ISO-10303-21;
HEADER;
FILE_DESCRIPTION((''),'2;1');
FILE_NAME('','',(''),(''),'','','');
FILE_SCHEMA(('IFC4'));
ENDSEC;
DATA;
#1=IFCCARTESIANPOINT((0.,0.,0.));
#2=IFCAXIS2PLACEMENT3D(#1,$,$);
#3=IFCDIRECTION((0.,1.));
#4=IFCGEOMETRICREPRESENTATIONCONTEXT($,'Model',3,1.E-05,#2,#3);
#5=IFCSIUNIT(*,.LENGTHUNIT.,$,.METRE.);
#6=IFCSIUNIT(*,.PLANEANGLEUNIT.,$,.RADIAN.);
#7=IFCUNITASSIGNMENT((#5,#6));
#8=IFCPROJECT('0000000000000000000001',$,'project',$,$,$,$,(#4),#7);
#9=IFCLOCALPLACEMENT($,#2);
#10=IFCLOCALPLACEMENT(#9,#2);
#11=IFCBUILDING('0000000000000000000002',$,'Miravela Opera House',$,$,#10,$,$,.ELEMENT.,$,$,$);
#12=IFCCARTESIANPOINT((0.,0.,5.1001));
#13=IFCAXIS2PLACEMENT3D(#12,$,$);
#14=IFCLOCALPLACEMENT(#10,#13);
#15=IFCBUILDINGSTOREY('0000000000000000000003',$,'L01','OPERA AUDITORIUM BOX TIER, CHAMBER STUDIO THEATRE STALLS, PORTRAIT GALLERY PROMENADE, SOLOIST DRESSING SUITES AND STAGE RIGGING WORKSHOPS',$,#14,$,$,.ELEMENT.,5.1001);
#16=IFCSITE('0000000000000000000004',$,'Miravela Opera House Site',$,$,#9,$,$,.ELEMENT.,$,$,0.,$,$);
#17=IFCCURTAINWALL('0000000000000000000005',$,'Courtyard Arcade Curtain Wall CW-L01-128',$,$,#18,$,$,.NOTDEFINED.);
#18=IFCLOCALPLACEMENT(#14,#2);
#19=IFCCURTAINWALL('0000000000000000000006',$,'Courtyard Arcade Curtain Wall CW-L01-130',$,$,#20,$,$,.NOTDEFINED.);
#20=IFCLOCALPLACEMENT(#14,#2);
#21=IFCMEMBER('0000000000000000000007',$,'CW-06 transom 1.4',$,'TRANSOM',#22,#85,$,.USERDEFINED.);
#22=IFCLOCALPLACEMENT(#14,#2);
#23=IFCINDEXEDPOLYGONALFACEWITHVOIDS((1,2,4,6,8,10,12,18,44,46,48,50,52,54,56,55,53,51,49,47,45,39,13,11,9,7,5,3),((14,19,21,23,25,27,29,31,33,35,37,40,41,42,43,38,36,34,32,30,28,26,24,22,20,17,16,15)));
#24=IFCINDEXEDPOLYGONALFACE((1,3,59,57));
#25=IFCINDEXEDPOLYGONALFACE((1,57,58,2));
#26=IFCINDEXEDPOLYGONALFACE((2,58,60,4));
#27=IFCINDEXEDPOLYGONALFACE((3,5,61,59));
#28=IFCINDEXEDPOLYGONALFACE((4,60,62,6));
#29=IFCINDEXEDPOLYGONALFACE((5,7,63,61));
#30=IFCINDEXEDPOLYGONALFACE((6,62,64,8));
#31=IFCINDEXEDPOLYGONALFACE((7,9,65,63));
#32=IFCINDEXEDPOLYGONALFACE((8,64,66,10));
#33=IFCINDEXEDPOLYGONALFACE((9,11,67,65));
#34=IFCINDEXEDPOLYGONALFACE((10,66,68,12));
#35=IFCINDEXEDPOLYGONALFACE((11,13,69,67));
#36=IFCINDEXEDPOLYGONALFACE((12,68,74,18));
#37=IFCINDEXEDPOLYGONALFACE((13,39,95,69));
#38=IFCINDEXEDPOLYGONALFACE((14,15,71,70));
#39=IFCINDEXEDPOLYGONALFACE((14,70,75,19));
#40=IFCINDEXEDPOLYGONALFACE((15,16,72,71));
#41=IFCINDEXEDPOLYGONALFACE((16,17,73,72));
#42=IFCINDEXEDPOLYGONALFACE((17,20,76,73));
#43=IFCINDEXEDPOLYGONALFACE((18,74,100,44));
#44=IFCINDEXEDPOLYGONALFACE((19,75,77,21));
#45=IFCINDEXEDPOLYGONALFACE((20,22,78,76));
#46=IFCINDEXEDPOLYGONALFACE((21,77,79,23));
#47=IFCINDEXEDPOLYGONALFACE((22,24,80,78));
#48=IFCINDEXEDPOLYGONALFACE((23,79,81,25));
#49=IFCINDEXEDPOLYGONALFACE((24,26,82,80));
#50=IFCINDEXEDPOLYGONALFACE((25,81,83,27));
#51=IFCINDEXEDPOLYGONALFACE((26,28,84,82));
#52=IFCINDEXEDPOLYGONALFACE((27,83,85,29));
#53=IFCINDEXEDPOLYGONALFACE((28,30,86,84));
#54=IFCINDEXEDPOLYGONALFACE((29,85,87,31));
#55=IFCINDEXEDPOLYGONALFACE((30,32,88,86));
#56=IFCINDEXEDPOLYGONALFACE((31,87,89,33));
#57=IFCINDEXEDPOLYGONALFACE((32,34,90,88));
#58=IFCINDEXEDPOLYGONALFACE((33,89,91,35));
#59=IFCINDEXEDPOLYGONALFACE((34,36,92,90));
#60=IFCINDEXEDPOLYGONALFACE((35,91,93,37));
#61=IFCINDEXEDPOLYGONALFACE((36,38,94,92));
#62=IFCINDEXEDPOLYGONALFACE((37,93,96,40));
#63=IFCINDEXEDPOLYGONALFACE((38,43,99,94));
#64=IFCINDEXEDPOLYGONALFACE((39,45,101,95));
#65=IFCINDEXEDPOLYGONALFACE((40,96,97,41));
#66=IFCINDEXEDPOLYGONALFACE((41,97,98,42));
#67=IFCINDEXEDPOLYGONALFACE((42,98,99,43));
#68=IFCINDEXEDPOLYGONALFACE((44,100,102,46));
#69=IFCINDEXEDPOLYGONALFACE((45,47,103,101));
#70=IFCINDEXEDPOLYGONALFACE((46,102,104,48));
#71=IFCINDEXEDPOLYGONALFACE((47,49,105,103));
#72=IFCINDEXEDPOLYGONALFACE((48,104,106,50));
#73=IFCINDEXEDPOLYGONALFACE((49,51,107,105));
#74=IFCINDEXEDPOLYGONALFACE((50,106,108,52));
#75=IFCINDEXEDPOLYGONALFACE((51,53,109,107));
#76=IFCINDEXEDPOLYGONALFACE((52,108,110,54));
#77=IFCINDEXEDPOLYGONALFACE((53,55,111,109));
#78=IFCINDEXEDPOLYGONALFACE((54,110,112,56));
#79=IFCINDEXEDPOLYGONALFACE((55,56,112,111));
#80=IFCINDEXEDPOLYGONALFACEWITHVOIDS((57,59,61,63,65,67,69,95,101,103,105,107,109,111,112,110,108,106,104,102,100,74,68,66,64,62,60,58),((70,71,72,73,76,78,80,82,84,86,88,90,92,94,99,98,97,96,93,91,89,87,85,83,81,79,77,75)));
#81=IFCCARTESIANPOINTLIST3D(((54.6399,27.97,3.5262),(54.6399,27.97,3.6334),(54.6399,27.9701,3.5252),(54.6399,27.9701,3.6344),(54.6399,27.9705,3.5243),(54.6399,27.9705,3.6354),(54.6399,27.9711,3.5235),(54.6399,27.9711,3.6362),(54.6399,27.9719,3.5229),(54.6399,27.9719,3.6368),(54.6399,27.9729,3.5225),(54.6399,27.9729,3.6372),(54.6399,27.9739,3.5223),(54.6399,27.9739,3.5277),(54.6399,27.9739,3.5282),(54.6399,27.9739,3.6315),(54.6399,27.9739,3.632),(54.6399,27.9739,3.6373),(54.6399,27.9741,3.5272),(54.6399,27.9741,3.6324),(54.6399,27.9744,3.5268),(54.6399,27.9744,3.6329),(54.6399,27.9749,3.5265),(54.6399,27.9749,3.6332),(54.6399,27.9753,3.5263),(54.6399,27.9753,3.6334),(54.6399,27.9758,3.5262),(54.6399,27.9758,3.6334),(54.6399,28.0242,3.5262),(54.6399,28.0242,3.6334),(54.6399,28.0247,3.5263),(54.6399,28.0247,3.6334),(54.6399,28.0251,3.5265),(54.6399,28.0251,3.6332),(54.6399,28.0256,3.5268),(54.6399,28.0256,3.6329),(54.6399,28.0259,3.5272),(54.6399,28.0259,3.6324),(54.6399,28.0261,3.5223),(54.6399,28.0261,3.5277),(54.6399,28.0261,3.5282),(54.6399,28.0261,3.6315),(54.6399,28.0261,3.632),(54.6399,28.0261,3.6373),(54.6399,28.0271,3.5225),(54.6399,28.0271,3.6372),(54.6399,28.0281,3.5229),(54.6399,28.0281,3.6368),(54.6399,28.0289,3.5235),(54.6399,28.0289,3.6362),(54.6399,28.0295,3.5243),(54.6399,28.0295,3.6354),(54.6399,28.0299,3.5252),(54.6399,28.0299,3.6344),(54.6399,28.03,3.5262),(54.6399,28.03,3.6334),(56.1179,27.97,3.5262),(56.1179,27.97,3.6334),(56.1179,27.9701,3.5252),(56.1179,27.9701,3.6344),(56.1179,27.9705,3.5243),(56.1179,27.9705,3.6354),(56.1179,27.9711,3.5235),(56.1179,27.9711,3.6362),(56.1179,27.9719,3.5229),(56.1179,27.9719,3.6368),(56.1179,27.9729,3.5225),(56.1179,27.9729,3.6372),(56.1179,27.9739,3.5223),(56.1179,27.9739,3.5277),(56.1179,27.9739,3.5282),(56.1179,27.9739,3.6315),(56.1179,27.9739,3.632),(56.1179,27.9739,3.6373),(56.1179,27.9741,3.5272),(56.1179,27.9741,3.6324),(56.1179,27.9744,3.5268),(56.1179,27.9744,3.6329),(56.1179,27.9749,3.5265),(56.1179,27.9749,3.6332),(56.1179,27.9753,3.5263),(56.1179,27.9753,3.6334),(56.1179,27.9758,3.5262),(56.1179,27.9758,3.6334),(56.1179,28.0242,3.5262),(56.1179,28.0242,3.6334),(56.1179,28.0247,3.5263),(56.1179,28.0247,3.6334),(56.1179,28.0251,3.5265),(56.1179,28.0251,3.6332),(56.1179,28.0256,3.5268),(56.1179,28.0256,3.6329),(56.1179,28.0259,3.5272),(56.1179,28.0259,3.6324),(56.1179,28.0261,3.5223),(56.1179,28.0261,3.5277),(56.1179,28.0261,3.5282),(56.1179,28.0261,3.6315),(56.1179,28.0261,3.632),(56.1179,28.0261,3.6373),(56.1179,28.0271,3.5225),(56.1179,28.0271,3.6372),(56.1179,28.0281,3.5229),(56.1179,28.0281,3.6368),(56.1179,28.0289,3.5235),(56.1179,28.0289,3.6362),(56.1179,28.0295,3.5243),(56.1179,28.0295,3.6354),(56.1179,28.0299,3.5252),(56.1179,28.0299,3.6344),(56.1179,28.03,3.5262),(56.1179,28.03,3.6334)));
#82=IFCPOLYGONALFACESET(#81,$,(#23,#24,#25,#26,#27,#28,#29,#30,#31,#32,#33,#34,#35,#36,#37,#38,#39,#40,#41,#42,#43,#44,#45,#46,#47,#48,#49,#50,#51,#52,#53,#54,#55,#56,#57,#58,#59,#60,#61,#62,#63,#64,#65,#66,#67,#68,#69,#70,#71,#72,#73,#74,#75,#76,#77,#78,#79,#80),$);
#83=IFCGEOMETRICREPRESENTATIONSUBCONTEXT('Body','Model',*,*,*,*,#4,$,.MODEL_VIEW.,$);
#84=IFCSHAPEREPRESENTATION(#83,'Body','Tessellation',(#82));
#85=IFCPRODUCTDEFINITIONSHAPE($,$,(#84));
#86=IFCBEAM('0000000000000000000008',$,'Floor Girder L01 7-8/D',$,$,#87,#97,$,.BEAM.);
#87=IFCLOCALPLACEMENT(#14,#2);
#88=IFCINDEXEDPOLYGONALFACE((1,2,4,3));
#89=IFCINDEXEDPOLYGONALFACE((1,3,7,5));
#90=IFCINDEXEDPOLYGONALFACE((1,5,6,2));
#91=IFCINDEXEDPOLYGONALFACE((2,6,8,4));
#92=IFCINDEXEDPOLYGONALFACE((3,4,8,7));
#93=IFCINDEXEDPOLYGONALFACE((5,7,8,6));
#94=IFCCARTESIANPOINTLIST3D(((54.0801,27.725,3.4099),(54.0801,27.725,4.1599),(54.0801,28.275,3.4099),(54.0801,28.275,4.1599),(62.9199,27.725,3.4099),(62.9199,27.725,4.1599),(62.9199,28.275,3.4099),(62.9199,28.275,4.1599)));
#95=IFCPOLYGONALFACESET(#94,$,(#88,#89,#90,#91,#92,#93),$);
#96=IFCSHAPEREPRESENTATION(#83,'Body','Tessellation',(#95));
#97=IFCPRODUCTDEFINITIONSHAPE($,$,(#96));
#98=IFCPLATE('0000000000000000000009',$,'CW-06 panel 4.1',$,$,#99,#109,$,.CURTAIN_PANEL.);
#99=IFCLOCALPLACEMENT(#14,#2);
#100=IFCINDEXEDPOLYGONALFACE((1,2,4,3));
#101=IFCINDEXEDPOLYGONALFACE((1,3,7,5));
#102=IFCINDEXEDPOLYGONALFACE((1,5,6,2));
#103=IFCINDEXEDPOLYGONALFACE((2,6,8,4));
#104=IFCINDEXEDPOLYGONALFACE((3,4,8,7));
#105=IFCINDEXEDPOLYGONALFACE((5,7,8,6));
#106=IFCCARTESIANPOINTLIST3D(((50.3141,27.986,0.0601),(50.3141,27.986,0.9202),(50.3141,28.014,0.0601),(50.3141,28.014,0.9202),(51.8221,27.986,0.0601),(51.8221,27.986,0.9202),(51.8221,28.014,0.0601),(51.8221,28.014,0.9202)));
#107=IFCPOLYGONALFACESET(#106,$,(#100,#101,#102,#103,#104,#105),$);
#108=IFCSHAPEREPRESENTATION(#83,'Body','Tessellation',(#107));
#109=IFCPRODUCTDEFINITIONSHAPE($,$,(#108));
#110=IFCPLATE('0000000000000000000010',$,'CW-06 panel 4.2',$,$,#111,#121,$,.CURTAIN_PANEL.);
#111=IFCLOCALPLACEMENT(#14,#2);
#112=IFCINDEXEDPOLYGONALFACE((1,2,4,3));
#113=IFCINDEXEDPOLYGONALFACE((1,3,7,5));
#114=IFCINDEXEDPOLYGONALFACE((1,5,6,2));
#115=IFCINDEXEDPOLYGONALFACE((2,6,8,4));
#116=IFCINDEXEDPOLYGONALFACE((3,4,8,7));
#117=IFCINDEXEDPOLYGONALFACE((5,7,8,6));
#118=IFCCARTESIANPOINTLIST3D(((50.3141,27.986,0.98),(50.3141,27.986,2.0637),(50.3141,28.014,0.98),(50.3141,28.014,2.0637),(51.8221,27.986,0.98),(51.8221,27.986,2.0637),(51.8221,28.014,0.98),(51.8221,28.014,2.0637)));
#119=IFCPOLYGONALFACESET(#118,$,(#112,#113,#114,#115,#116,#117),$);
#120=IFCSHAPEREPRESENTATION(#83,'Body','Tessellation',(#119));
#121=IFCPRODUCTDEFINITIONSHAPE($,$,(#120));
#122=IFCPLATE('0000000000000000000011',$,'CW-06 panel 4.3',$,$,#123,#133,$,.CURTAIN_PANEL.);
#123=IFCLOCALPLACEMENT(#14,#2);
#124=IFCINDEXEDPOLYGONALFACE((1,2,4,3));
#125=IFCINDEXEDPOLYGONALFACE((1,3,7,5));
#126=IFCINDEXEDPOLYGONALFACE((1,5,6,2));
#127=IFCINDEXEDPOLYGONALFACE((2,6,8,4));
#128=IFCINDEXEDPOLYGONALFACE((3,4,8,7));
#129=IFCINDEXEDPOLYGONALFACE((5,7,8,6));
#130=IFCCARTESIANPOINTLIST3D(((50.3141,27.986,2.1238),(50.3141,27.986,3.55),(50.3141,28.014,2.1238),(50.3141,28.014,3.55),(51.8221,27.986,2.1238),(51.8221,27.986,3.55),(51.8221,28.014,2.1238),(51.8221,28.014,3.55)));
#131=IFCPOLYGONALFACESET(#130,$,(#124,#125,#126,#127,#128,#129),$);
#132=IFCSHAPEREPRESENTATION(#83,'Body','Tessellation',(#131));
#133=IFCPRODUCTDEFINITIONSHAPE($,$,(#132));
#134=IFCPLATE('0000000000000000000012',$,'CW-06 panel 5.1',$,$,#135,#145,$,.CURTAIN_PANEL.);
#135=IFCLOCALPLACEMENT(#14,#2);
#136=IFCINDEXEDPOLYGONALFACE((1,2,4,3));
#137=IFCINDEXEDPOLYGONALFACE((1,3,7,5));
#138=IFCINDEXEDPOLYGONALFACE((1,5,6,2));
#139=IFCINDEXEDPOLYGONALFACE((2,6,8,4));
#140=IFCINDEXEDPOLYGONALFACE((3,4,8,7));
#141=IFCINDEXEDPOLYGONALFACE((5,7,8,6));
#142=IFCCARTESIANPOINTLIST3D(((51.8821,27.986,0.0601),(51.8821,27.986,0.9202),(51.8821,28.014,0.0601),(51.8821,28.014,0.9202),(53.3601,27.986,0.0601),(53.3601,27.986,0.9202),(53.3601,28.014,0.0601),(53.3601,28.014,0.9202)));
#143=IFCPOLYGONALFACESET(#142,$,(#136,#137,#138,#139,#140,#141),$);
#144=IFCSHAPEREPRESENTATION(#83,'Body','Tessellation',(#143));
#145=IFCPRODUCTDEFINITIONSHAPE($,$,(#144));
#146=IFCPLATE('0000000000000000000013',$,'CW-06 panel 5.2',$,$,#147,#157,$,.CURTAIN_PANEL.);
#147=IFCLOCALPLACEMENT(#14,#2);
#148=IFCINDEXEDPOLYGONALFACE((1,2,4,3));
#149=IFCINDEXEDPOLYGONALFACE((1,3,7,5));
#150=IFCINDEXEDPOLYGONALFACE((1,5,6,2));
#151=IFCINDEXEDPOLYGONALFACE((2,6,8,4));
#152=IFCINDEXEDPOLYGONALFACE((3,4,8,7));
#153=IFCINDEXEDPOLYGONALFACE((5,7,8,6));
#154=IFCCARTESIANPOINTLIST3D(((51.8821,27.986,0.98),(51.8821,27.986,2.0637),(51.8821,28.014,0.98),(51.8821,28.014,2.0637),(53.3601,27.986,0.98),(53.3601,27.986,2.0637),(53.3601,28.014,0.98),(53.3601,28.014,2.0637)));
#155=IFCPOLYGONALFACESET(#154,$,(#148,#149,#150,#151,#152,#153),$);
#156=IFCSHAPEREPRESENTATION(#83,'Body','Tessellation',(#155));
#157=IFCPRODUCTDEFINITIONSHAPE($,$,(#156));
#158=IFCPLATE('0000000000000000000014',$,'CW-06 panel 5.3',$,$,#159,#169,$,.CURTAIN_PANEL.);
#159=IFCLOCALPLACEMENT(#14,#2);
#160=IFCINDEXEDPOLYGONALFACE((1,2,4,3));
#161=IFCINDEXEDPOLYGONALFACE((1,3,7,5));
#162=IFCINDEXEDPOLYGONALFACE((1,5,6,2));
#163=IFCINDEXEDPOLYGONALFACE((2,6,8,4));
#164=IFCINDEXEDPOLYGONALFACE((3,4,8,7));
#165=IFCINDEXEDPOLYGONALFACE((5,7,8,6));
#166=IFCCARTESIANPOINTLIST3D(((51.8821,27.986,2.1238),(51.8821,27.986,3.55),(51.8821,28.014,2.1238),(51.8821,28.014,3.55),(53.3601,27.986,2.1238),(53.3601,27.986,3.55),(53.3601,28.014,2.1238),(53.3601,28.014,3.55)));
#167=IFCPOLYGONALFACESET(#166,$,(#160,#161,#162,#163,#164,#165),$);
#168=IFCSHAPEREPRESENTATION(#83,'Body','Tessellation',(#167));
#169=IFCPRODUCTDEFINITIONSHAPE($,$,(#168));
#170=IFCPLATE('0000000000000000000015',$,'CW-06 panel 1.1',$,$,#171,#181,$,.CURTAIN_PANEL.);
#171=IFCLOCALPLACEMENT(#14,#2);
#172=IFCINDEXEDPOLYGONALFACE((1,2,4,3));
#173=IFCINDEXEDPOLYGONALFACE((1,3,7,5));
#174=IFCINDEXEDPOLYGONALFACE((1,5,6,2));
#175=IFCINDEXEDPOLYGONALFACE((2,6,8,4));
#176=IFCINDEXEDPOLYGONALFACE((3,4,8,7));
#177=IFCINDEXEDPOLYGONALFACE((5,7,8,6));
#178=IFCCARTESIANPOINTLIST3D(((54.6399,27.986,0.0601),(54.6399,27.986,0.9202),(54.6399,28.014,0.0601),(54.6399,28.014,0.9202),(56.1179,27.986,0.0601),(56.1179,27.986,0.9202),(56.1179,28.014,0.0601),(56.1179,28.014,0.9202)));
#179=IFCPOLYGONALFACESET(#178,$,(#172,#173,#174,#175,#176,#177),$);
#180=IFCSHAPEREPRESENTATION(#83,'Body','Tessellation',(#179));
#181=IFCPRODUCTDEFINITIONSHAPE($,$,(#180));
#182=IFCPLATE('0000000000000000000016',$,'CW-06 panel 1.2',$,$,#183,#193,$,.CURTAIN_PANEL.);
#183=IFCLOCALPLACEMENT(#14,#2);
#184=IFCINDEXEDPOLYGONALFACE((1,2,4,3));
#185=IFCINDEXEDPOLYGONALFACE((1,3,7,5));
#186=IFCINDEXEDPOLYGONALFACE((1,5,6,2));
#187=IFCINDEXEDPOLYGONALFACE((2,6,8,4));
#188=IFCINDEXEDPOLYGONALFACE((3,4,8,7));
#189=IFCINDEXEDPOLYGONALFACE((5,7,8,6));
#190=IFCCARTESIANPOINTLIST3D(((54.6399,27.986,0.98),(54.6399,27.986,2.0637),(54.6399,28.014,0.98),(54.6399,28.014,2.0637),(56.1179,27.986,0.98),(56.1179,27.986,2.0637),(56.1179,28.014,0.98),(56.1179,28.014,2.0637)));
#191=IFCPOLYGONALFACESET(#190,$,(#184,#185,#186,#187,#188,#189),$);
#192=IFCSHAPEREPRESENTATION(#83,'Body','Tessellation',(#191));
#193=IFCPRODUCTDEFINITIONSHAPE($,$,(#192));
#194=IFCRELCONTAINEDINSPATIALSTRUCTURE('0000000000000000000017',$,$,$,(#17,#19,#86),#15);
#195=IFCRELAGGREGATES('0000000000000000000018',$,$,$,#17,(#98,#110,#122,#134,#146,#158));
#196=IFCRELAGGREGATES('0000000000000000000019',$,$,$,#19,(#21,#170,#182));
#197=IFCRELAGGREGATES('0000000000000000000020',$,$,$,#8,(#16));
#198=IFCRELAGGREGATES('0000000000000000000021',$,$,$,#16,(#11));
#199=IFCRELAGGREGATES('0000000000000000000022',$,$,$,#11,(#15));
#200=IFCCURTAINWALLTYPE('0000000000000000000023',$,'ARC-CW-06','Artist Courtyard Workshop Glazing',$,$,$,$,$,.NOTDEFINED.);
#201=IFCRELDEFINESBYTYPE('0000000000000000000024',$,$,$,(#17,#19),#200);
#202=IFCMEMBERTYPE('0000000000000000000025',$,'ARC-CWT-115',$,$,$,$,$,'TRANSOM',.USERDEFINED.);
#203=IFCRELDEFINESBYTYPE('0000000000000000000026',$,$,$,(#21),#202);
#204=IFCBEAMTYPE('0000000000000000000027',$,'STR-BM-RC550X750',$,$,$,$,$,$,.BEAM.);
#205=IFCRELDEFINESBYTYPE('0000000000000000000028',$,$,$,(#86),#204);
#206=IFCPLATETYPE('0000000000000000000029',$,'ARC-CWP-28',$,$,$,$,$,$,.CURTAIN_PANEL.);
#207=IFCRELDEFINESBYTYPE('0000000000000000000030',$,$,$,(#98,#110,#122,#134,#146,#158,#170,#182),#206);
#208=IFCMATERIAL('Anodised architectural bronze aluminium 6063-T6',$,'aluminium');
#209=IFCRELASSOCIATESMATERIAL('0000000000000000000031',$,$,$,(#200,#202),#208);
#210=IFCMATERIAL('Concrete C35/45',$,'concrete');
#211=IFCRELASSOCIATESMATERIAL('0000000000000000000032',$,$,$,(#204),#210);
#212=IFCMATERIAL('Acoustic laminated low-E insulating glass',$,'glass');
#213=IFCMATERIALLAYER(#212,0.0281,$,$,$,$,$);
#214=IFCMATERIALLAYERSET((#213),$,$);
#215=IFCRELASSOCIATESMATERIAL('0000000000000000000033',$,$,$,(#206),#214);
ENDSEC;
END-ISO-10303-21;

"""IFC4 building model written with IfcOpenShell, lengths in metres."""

from ifc_helpers import new_model, si_unit, direction, frame, origin, origin_2d, place, context, subcontext, project, spatial, rectangle, hollow_rectangle, extrude, material, layer, layer_set, material_profile, profile_set, type_object, element, aggregate, save


model = new_model("IFC4")

# Units and contexts
model_context = context("Model", 3, precision=1e-05, world=origin(), true_north=direction((0.0, 1.0)))
body_context = subcontext(model_context, "Body", "Model", "MODEL_VIEW")
ifc_project = project(units=[si_unit("LENGTHUNIT", "METRE"), si_unit("PLANEANGLEUNIT", "RADIAN")], contexts=[model_context])

# Site, building, storey
site_placement = place(None, origin())
site = spatial("IfcSite", under=ifc_project, at=site_placement, Name="Miravela Opera House Site", CompositionType="ELEMENT", RefElevation=0.0)
building_placement = place(site_placement, origin())
building = spatial("IfcBuilding", under=site, at=building_placement, Name="Miravela Opera House", CompositionType="ELEMENT")
storey_placement = place(building_placement, frame((0.0, 0.0, 5.1001)))
storey = spatial("IfcBuildingStorey", under=building, at=storey_placement, Name="L01", Description="OPERA AUDITORIUM BOX TIER, CHAMBER STUDIO THEATRE STALLS, PORTRAIT GALLERY PROMENADE, SOLOIST DRESSING SUITES AND STAGE RIGGING WORKSHOPS", CompositionType="ELEMENT", Elevation=5.1001)

# Shared definitions
ifc_material_1 = material(Name="Concrete C35/45", Category="concrete")

# Curtain wall
ifc_material_2 = material(Name="Anodised architectural bronze aluminium 6063-T6", Category="aluminium")
curtain_wall_type = type_object("IfcCurtainWallType", Name="ARC-CW-06", Description="Artist Courtyard Workshop Glazing", PredefinedType="NOTDEFINED", material=ifc_material_2)
curtain_wall_1_placement = place(storey_placement, origin())
curtain_wall_1 = element("IfcCurtainWall", 1, at=curtain_wall_1_placement, inside=storey, type_object=curtain_wall_type, Name="Courtyard Arcade Curtain Wall CW-L01-128", PredefinedType="NOTDEFINED")

# Curtain wall
curtain_wall_2_placement = place(storey_placement, origin())
curtain_wall_2 = element("IfcCurtainWall", 2, at=curtain_wall_2_placement, inside=storey, type_object=curtain_wall_type, Name="Courtyard Arcade Curtain Wall CW-L01-130", PredefinedType="NOTDEFINED")

# Member
ifc_material_profile_1 = material_profile(ifc_material_2, hollow_rectangle(XDim=0.0601, YDim=0.115, WallThickness=0.0039, InnerFilletRadius=0.002, OuterFilletRadius=0.0039, at=origin_2d()), Name="CWT-60X115")
ifc_profile_set_1 = profile_set([ifc_material_profile_1])
member_type_1 = type_object("IfcMemberType", Name="ARC-CWT-115", ElementType="TRANSOM", PredefinedType="USERDEFINED", material=ifc_profile_set_1)
member_1_placement = place(storey_placement, frame((54.6399, 28.0, 3.5798), z_axis=(1.0, 0.0, 0.0), x_axis=(0.0, 1.0, 0.0)))
member_1 = element("IfcMember", 3, at=member_1_placement, type_object=member_type_1, Name="CW-06 transom 1.4", ObjectType="TRANSOM", PredefinedType="USERDEFINED", context=body_context, shape_type="SweptSolid", body=[
    extrude(hollow_rectangle(XDim=0.0601, YDim=0.115, WallThickness=0.0039, InnerFilletRadius=0.002, OuterFilletRadius=0.0039, at=origin_2d()), origin(), (0.0, 0.0, 1.0), 1.478),
])

# Beam
ifc_material_profile_2 = material_profile(ifc_material_1, rectangle(XDim=0.55, YDim=0.75, at=origin_2d()), Name="RC-BM-550X750")
ifc_profile_set_2 = profile_set([ifc_material_profile_2])
beam_type = type_object("IfcBeamType", Name="STR-BM-RC550X750", PredefinedType="BEAM", material=ifc_profile_set_2)
beam_placement = place(storey_placement, frame((54.0801, 28.0, 3.7849), z_axis=(1.0, 0.0, 0.0), x_axis=(0.0, 1.0, 0.0)))
element("IfcBeam", 4, at=beam_placement, inside=storey, type_object=beam_type, Name="Floor Girder L01 7-8/D", PredefinedType="BEAM", context=body_context, shape_type="SweptSolid", body=[
    extrude(rectangle(XDim=0.55, YDim=0.75, at=origin_2d()), origin(), (0.0, 0.0, 1.0), 8.8398),
])

# Plates
ifc_material_3 = material(Name="Acoustic laminated low-E insulating glass", Category="glass")
ifc_layer = layer(ifc_material_3, 0.0281)
ifc_layer_set = layer_set([ifc_layer])
plate_type = type_object("IfcPlateType", Name="ARC-CWP-28", PredefinedType="CURTAIN_PANEL", material=ifc_layer_set)
plate_1_placement = place(storey_placement, frame((51.0681, 28.0, 0.0601), z_axis=(0.0, 0.0, 1.0), x_axis=(1.0, 0.0, 0.0)))
plate_1 = element("IfcPlate", 5, at=plate_1_placement, type_object=plate_type, Name="CW-06 panel 4.1", PredefinedType="CURTAIN_PANEL", context=body_context, shape_type="SweptSolid", body=[
    extrude(rectangle(XDim=1.5081, YDim=0.0281, at=origin_2d()), origin(), (0.0, 0.0, 1.0), 0.8601),
])
plate_2_placement = place(storey_placement, frame((51.0681, 28.0, 0.98), z_axis=(0.0, 0.0, 1.0), x_axis=(1.0, 0.0, 0.0)))
plate_2 = element("IfcPlate", 6, at=plate_2_placement, type_object=plate_type, Name="CW-06 panel 4.2", PredefinedType="CURTAIN_PANEL", context=body_context, shape_type="SweptSolid", body=[
    extrude(rectangle(XDim=1.5081, YDim=0.0281, at=origin_2d()), origin(), (0.0, 0.0, 1.0), 1.0837),
])
plate_3_placement = place(storey_placement, frame((51.0681, 28.0, 2.1238), z_axis=(0.0, 0.0, 1.0), x_axis=(1.0, 0.0, 0.0)))
plate_3 = element("IfcPlate", 7, at=plate_3_placement, type_object=plate_type, Name="CW-06 panel 4.3", PredefinedType="CURTAIN_PANEL", context=body_context, shape_type="SweptSolid", body=[
    extrude(rectangle(XDim=1.5081, YDim=0.0281, at=origin_2d()), origin(), (0.0, 0.0, 1.0), 1.4263),
])
plate_4_placement = place(storey_placement, frame((52.6211, 28.0, 0.0601), z_axis=(0.0, 0.0, 1.0), x_axis=(1.0, 0.0, 0.0)))
plate_4 = element("IfcPlate", 8, at=plate_4_placement, type_object=plate_type, Name="CW-06 panel 5.1", PredefinedType="CURTAIN_PANEL", context=body_context, shape_type="SweptSolid", body=[
    extrude(rectangle(XDim=1.478, YDim=0.0281, at=origin_2d()), origin(), (0.0, 0.0, 1.0), 0.8601),
])
plate_5_placement = place(storey_placement, frame((52.6211, 28.0, 0.98), z_axis=(0.0, 0.0, 1.0), x_axis=(1.0, 0.0, 0.0)))
plate_5 = element("IfcPlate", 9, at=plate_5_placement, type_object=plate_type, Name="CW-06 panel 5.2", PredefinedType="CURTAIN_PANEL", context=body_context, shape_type="SweptSolid", body=[
    extrude(rectangle(XDim=1.478, YDim=0.0281, at=origin_2d()), origin(), (0.0, 0.0, 1.0), 1.0837),
])
plate_6_placement = place(storey_placement, frame((52.6211, 28.0, 2.1238), z_axis=(0.0, 0.0, 1.0), x_axis=(1.0, 0.0, 0.0)))
plate_6 = element("IfcPlate", 10, at=plate_6_placement, type_object=plate_type, Name="CW-06 panel 5.3", PredefinedType="CURTAIN_PANEL", context=body_context, shape_type="SweptSolid", body=[
    extrude(rectangle(XDim=1.478, YDim=0.0281, at=origin_2d()), origin(), (0.0, 0.0, 1.0), 1.4263),
])
aggregate(curtain_wall_1, [plate_1, plate_2, plate_3, plate_4, plate_5, plate_6])
plate_7_placement = place(storey_placement, frame((55.3789, 28.0, 0.0601), z_axis=(0.0, 0.0, 1.0), x_axis=(1.0, 0.0, 0.0)))
plate_7 = element("IfcPlate", 11, at=plate_7_placement, type_object=plate_type, Name="CW-06 panel 1.1", PredefinedType="CURTAIN_PANEL", context=body_context, shape_type="SweptSolid", body=[
    extrude(rectangle(XDim=1.478, YDim=0.0281, at=origin_2d()), origin(), (0.0, 0.0, 1.0), 0.8601),
])
plate_8_placement = place(storey_placement, frame((55.3789, 28.0, 0.98), z_axis=(0.0, 0.0, 1.0), x_axis=(1.0, 0.0, 0.0)))
plate_8 = element("IfcPlate", 12, at=plate_8_placement, type_object=plate_type, Name="CW-06 panel 1.2", PredefinedType="CURTAIN_PANEL", context=body_context, shape_type="SweptSolid", body=[
    extrude(rectangle(XDim=1.478, YDim=0.0281, at=origin_2d()), origin(), (0.0, 0.0, 1.0), 1.0837),
])
aggregate(curtain_wall_2, [member_1, plate_7, plate_8])

save(model, "model.ifc")
